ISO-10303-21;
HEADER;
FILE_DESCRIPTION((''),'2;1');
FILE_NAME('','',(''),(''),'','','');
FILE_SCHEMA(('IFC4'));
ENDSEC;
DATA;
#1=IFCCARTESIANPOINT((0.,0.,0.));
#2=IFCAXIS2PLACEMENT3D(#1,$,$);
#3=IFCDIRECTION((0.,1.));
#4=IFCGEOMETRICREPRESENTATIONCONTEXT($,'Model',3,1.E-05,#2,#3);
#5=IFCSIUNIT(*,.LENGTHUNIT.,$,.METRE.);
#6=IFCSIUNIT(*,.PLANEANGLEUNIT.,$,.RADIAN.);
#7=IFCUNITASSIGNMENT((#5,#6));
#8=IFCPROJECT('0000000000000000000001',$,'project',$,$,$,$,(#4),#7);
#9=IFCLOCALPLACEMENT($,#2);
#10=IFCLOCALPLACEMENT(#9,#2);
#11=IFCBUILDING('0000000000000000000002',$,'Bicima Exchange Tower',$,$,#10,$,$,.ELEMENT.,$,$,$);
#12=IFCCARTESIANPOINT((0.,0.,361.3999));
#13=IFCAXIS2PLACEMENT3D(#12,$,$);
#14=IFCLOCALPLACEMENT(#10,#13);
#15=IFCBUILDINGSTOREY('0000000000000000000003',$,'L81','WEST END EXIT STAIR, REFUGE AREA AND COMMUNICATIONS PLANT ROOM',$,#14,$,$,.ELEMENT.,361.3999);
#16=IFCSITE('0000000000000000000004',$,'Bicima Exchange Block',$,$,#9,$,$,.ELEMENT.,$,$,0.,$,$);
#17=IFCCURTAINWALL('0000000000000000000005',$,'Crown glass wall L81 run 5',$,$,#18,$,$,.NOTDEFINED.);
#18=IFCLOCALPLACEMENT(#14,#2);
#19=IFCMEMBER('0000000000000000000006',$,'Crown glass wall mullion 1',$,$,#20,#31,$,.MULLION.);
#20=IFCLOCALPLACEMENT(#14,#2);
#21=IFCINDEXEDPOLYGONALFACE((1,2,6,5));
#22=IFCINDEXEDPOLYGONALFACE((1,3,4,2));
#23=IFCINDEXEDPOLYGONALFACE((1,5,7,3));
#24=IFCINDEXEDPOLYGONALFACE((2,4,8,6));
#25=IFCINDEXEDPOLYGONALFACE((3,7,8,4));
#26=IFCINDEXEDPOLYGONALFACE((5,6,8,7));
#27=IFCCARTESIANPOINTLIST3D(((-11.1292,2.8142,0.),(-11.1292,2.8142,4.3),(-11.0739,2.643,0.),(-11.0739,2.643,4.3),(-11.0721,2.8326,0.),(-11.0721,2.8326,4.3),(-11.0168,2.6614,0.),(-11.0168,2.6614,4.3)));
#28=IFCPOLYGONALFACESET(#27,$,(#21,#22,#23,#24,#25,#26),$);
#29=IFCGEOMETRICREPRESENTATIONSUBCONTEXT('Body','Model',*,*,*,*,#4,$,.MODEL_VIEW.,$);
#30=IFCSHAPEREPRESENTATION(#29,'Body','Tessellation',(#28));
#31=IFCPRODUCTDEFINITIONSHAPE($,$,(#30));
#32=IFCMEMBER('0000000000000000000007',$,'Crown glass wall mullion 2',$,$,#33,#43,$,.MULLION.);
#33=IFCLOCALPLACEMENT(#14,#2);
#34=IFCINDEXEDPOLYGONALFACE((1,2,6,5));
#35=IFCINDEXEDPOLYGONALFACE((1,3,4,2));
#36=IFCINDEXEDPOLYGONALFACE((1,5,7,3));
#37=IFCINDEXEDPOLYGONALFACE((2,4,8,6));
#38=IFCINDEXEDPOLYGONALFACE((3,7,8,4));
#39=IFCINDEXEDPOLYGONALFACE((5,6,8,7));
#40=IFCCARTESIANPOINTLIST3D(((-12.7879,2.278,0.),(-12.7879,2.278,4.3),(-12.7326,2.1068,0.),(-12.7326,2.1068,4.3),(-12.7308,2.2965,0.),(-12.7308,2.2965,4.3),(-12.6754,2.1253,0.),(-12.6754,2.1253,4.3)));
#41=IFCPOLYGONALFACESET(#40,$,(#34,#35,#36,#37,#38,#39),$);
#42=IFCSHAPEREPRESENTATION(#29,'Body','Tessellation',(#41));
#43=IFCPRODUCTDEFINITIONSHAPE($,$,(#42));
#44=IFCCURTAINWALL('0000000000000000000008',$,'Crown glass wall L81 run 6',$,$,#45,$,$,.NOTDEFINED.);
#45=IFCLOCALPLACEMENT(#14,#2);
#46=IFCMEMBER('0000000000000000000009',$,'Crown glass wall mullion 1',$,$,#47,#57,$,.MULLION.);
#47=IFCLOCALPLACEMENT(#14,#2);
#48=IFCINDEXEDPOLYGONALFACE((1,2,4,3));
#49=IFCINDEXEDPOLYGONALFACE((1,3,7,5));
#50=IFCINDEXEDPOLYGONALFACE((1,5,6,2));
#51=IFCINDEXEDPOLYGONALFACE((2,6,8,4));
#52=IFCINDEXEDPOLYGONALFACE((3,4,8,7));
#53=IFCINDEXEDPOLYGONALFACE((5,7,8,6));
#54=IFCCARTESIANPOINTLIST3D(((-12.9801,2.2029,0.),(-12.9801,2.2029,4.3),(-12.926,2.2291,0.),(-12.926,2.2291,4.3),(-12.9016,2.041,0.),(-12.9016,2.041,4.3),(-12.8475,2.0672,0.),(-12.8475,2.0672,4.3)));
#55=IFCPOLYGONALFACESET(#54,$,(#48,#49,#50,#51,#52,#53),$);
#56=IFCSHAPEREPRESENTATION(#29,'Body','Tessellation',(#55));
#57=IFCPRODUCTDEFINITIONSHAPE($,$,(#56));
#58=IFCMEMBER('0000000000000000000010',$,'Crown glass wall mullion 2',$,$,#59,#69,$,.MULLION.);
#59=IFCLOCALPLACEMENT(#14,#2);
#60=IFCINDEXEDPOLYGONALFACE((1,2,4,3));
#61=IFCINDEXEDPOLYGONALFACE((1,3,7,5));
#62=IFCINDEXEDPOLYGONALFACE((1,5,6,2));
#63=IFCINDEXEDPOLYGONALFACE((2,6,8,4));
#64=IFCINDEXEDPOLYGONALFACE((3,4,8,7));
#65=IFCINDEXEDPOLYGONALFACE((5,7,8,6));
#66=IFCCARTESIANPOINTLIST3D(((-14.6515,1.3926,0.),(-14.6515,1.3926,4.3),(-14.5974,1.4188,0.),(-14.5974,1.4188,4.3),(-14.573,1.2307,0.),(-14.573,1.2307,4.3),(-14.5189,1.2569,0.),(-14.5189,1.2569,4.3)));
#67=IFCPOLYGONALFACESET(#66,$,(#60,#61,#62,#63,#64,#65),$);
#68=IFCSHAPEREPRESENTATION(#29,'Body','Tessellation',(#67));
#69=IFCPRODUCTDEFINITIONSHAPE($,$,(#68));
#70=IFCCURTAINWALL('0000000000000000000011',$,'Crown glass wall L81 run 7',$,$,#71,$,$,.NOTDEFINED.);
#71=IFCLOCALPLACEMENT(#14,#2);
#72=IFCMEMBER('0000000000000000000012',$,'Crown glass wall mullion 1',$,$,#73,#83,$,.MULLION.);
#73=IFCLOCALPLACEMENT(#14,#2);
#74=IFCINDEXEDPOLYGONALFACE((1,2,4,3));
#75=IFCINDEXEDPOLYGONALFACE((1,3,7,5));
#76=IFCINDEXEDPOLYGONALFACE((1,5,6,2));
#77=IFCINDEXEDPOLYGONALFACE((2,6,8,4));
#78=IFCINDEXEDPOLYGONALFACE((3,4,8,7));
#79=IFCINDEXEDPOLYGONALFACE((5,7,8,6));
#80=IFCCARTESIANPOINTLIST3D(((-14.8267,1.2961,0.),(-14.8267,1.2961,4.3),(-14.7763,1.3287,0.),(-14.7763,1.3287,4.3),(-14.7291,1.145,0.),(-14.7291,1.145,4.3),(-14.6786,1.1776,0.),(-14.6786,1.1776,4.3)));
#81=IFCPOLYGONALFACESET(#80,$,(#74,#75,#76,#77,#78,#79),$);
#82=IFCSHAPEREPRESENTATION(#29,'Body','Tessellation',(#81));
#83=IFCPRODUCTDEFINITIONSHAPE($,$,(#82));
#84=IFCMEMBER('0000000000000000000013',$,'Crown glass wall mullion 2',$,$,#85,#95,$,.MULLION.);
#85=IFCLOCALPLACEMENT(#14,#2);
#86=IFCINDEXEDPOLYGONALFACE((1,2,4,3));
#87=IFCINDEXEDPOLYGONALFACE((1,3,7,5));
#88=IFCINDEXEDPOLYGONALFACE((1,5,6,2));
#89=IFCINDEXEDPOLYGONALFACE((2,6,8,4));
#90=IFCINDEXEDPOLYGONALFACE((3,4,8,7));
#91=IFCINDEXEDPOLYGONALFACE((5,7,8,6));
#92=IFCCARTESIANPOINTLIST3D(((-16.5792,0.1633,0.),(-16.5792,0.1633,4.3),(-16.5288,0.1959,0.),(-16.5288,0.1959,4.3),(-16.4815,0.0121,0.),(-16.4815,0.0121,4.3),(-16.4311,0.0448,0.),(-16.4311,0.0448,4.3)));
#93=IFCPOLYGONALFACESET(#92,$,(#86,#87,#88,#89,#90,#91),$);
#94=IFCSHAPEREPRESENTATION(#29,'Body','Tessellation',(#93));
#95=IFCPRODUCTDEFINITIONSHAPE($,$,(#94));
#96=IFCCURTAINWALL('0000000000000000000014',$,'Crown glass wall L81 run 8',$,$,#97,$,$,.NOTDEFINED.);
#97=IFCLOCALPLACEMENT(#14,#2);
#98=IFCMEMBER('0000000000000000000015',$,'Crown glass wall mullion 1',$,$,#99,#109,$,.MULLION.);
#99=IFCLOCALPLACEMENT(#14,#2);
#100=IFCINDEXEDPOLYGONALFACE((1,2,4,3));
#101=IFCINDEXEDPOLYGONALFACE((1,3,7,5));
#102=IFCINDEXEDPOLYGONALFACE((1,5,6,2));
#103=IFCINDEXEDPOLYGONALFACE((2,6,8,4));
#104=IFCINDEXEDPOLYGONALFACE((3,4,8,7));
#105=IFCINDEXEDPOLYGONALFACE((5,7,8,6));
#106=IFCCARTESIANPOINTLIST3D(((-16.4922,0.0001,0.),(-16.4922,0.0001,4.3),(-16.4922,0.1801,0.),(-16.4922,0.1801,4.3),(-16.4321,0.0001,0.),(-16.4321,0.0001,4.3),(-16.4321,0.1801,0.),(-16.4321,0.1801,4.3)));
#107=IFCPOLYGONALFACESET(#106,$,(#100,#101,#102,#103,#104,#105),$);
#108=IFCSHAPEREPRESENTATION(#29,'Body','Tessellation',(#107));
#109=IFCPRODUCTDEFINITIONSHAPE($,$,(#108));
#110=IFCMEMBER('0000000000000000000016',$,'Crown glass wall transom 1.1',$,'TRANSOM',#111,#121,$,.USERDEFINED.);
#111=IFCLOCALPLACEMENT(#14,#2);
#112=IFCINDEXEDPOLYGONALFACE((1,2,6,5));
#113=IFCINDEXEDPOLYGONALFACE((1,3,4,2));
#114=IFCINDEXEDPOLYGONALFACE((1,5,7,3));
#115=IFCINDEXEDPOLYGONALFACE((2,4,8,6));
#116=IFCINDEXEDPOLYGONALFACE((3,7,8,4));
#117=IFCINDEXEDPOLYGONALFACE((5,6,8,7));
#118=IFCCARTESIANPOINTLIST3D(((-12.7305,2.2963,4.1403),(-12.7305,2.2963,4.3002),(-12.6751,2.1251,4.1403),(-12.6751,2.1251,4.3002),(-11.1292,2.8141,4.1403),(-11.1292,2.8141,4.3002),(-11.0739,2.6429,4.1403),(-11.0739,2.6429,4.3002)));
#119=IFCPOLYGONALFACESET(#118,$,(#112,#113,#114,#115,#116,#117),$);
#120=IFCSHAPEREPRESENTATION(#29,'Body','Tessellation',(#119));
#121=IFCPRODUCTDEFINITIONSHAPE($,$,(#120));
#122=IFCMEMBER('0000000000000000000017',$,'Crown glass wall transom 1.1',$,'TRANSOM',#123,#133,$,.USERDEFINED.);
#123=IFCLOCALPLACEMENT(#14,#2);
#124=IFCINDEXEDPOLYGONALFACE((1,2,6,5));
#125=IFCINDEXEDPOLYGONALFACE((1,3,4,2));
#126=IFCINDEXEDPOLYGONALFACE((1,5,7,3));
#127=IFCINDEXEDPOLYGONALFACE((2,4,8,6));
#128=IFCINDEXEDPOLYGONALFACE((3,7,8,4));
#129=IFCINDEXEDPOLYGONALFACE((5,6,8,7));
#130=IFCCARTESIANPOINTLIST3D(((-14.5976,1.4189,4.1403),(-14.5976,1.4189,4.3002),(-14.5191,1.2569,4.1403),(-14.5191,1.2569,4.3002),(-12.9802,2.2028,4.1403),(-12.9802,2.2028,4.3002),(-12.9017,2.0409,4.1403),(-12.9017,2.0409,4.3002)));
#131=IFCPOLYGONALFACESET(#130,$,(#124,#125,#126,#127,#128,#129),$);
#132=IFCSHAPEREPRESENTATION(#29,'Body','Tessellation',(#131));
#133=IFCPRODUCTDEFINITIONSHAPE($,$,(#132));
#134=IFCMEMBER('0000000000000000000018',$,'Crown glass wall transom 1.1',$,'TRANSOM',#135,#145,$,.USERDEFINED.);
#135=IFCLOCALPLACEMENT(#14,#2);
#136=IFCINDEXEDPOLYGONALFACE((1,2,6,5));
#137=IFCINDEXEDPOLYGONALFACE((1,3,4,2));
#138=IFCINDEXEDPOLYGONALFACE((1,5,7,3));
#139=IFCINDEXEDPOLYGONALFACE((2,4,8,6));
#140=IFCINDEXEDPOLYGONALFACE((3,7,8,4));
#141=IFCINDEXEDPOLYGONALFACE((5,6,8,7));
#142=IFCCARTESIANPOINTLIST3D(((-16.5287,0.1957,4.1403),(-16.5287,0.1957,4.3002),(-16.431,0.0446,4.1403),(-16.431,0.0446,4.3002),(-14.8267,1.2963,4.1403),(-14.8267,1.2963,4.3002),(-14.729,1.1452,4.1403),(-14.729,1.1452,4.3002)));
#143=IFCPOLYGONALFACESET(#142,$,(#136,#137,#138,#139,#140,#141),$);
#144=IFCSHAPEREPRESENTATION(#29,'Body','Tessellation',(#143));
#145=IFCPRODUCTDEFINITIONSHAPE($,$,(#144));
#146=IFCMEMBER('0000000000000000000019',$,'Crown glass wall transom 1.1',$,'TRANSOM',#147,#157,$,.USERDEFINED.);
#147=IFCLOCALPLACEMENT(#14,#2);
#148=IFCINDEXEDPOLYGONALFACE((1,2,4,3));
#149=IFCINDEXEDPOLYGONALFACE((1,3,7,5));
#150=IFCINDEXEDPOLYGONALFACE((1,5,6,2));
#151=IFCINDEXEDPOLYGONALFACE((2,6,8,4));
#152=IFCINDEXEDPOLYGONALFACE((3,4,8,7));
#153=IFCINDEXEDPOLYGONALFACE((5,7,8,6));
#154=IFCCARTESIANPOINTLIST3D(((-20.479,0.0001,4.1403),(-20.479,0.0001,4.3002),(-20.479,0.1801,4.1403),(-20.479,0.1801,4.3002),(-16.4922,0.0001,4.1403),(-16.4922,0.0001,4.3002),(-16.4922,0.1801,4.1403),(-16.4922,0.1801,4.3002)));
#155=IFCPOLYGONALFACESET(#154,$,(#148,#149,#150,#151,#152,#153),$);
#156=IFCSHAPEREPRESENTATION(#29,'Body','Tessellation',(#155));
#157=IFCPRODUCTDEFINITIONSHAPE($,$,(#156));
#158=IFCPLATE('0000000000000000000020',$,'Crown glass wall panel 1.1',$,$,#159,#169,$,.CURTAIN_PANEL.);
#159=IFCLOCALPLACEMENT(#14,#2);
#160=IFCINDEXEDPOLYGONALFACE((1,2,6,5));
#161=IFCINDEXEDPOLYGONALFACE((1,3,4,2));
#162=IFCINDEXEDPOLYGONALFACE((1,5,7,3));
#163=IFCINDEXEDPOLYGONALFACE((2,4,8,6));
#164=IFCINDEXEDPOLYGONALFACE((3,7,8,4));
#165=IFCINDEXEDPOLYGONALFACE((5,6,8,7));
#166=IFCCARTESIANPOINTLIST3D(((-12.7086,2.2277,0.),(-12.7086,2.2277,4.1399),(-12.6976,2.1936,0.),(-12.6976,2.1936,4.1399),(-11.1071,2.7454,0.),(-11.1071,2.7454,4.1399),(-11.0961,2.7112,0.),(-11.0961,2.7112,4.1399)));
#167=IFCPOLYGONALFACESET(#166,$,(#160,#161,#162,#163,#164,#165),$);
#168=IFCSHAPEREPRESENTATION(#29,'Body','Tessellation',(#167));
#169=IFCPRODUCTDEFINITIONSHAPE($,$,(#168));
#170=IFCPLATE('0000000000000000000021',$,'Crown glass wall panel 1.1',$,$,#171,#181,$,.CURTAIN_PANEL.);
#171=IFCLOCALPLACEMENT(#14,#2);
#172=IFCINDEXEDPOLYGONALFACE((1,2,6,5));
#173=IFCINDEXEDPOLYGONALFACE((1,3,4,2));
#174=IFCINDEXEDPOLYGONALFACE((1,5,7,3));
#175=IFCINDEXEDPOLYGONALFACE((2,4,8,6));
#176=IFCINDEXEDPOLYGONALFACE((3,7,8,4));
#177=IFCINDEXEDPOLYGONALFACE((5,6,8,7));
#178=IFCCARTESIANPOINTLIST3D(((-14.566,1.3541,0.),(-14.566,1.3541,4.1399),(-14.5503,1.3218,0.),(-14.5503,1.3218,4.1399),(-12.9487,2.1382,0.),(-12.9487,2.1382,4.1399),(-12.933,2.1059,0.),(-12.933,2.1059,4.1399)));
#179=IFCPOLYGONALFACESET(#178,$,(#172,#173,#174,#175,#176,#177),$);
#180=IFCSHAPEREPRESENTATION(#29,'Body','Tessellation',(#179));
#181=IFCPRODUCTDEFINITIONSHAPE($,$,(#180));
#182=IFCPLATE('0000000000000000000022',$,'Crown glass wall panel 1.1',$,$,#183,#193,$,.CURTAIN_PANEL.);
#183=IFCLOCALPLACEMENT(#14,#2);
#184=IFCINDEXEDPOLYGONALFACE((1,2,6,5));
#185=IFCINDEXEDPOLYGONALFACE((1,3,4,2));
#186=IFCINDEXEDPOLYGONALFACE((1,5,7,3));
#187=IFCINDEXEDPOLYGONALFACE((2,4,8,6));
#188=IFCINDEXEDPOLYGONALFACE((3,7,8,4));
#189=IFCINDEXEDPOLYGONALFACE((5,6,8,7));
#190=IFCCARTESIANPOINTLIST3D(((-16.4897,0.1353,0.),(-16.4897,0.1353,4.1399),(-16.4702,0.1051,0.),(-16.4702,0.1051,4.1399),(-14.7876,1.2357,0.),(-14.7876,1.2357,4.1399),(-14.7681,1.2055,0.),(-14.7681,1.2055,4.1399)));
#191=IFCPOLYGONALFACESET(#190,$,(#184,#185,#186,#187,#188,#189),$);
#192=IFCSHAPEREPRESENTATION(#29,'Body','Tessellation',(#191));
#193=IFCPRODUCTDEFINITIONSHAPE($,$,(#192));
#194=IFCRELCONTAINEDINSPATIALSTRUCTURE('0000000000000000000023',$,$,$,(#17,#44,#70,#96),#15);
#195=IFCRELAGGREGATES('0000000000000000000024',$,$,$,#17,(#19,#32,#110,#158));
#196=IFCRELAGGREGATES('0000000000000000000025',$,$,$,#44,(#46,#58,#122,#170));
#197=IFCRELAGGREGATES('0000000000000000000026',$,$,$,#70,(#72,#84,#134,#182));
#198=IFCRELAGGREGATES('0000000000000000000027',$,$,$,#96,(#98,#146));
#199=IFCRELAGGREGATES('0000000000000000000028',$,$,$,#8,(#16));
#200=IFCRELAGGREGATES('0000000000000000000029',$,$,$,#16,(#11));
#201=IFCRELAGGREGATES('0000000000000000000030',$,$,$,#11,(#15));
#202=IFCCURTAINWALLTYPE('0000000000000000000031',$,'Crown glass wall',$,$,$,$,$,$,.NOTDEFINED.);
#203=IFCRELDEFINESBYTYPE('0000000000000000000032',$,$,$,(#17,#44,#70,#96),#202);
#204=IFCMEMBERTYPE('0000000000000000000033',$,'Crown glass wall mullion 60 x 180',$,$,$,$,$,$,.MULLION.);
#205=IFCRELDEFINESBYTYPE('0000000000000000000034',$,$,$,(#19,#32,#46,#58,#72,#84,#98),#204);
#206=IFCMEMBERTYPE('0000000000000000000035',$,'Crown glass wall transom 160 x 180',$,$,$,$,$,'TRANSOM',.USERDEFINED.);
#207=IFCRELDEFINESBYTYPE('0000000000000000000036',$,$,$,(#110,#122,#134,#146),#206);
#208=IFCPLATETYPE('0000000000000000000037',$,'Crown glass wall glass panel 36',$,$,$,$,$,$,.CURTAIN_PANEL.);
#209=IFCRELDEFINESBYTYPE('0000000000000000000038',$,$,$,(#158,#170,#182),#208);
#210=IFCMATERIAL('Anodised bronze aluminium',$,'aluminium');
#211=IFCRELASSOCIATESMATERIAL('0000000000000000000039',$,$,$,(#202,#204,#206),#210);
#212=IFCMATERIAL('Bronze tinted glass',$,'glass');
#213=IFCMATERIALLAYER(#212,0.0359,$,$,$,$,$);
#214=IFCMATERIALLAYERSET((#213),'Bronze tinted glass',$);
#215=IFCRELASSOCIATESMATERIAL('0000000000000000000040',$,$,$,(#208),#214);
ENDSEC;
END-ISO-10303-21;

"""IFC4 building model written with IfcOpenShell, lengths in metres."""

from ifc_helpers import new_model, si_unit, direction, frame, origin, origin_2d, place, context, subcontext, project, spatial, rectangle, extrude, material, layer, layer_set, material_profile, profile_set, type_object, element, aggregate, save


model = new_model("IFC4")

# Units and contexts
model_context = context("Model", 3, precision=1e-05, world=origin(), true_north=direction((0.0, 1.0)))
body_context = subcontext(model_context, "Body", "Model", "MODEL_VIEW")
ifc_project = project(units=[si_unit("LENGTHUNIT", "METRE"), si_unit("PLANEANGLEUNIT", "RADIAN")], contexts=[model_context])

# Site, building, storey
site_placement = place(None, origin())
site = spatial("IfcSite", under=ifc_project, at=site_placement, Name="Bicima Exchange Block", CompositionType="ELEMENT", RefElevation=0.0)
building_placement = place(site_placement, origin())
building = spatial("IfcBuilding", under=site, at=building_placement, Name="Bicima Exchange Tower", CompositionType="ELEMENT")
storey_placement = place(building_placement, frame((0.0, 0.0, 361.3999)))
storey = spatial("IfcBuildingStorey", under=building, at=storey_placement, Name="L81", Description="WEST END EXIT STAIR, REFUGE AREA AND COMMUNICATIONS PLANT ROOM", CompositionType="ELEMENT", Elevation=361.3999)

# Curtain walls, members
ifc_material_1 = material(Name="Anodised bronze aluminium", Category="aluminium")
curtain_wall_type = type_object("IfcCurtainWallType", Name="Crown glass wall", PredefinedType="NOTDEFINED", material=ifc_material_1)
curtain_wall_1_placement = place(storey_placement, origin())
curtain_wall_1 = element("IfcCurtainWall", 1, at=curtain_wall_1_placement, inside=storey, type_object=curtain_wall_type, Name="Crown glass wall L81 run 5", PredefinedType="NOTDEFINED")
ifc_material_profile_1 = material_profile(ifc_material_1, rectangle(XDim=0.1799, YDim=0.0601, at=origin_2d()))
ifc_profile_set_1 = profile_set([ifc_material_profile_1], Name="Anodised bronze aluminium")
member_type_1 = type_object("IfcMemberType", Name="Crown glass wall mullion 60 x 180", PredefinedType="MULLION", material=ifc_profile_set_1)
member_1_placement = place(storey_placement, frame((-11.073, 2.7378, 0.0), z_axis=(0.0, 0.0, 1.0), x_axis=(0.307573, -0.951525, 0.0)))
member_1 = element("IfcMember", 2, at=member_1_placement, type_object=member_type_1, Name="Crown glass wall mullion 1", PredefinedType="MULLION", context=body_context, shape_type="SweptSolid", body=[
    extrude(rectangle(XDim=0.1799, YDim=0.0601, at=origin_2d()), origin(), (0.0, 0.0, 1.0), 4.3),
])
member_2_placement = place(storey_placement, frame((-12.7317, 2.2017, 0.0), z_axis=(0.0, 0.0, 1.0), x_axis=(0.307573, -0.951525, 0.0)))
member_2 = element("IfcMember", 3, at=member_2_placement, type_object=member_type_1, Name="Crown glass wall mullion 2", PredefinedType="MULLION", context=body_context, shape_type="SweptSolid", body=[
    extrude(rectangle(XDim=0.1799, YDim=0.0601, at=origin_2d()), origin(), (0.0, 0.0, 1.0), 4.3),
])
curtain_wall_2_placement = place(storey_placement, origin())
curtain_wall_2 = element("IfcCurtainWall", 4, at=curtain_wall_2_placement, inside=storey, type_object=curtain_wall_type, Name="Crown glass wall L81 run 6", PredefinedType="NOTDEFINED")
member_3_placement = place(storey_placement, frame((-12.9138, 2.135, 0.0), z_axis=(0.0, 0.0, 1.0), x_axis=(0.436265, -0.899818, 0.0)))
member_3 = element("IfcMember", 5, at=member_3_placement, type_object=member_type_1, Name="Crown glass wall mullion 1", PredefinedType="MULLION", context=body_context, shape_type="SweptSolid", body=[
    extrude(rectangle(XDim=0.1799, YDim=0.0601, at=origin_2d()), origin(), (0.0, 0.0, 1.0), 4.3),
])
member_4_placement = place(storey_placement, frame((-14.5852, 1.3247, 0.0), z_axis=(0.0, 0.0, 1.0), x_axis=(0.436265, -0.899818, 0.0)))
member_4 = element("IfcMember", 6, at=member_4_placement, type_object=member_type_1, Name="Crown glass wall mullion 2", PredefinedType="MULLION", context=body_context, shape_type="SweptSolid", body=[
    extrude(rectangle(XDim=0.1799, YDim=0.0601, at=origin_2d()), origin(), (0.0, 0.0, 1.0), 4.3),
])
curtain_wall_3_placement = place(storey_placement, origin())
curtain_wall_3 = element("IfcCurtainWall", 7, at=curtain_wall_3_placement, inside=storey, type_object=curtain_wall_type, Name="Crown glass wall L81 run 7", PredefinedType="NOTDEFINED")
member_5_placement = place(storey_placement, frame((-14.7527, 1.2368, 0.0), z_axis=(0.0, 0.0, 1.0), x_axis=(0.542911, -0.83979, 0.0)))
member_5 = element("IfcMember", 8, at=member_5_placement, type_object=member_type_1, Name="Crown glass wall mullion 1", PredefinedType="MULLION", context=body_context, shape_type="SweptSolid", body=[
    extrude(rectangle(XDim=0.1799, YDim=0.0601, at=origin_2d()), origin(), (0.0, 0.0, 1.0), 4.3),
])
member_6_placement = place(storey_placement, frame((-16.5051, 0.104, 0.0), z_axis=(0.0, 0.0, 1.0), x_axis=(0.542911, -0.83979, 0.0)))
member_6 = element("IfcMember", 9, at=member_6_placement, type_object=member_type_1, Name="Crown glass wall mullion 2", PredefinedType="MULLION", context=body_context, shape_type="SweptSolid", body=[
    extrude(rectangle(XDim=0.1799, YDim=0.0601, at=origin_2d()), origin(), (0.0, 0.0, 1.0), 4.3),
])

# Curtain wall, member
curtain_wall_4_placement = place(storey_placement, origin())
curtain_wall_4 = element("IfcCurtainWall", 10, at=curtain_wall_4_placement, inside=storey, type_object=curtain_wall_type, Name="Crown glass wall L81 run 8", PredefinedType="NOTDEFINED")
member_7_placement = place(storey_placement, frame((-16.4622, 0.0901, 0.0), z_axis=(0.0, 0.0, 1.0), x_axis=(0.0, -1.0, 0.0)))
member_7 = element("IfcMember", 11, at=member_7_placement, type_object=member_type_1, Name="Crown glass wall mullion 1", PredefinedType="MULLION", context=body_context, shape_type="SweptSolid", body=[
    extrude(rectangle(XDim=0.1799, YDim=0.0601, at=origin_2d()), origin(), (0.0, 0.0, 1.0), 4.3),
])

# Members
ifc_material_profile_2 = material_profile(ifc_material_1, rectangle(XDim=0.1799, YDim=0.1599, at=origin_2d()))
ifc_profile_set_2 = profile_set([ifc_material_profile_2], Name="Anodised bronze aluminium")
member_type_2 = type_object("IfcMemberType", Name="Crown glass wall transom 160 x 180", ElementType="TRANSOM", PredefinedType="USERDEFINED", material=ifc_profile_set_2)
member_8_placement = place(storey_placement, frame((-11.1016, 2.7285, 4.2202), z_axis=(-0.951488, -0.307685, 0.0), x_axis=(0.307685, -0.951488, 0.0)))
member_8 = element("IfcMember", 12, at=member_8_placement, type_object=member_type_2, Name="Crown glass wall transom 1.1", ObjectType="TRANSOM", PredefinedType="USERDEFINED", context=body_context, shape_type="SweptSolid", body=[
    extrude(rectangle(XDim=0.1799, YDim=0.1599, at=origin_2d()), origin(), (0.0, 0.0, 1.0), 1.6829),
])
member_9_placement = place(storey_placement, frame((-12.9409, 2.1218, 4.2202), z_axis=(-0.899874, -0.43615, 0.0), x_axis=(0.43615, -0.899874, 0.0)))
member_9 = element("IfcMember", 13, at=member_9_placement, type_object=member_type_2, Name="Crown glass wall transom 1.1", ObjectType="TRANSOM", PredefinedType="USERDEFINED", context=body_context, shape_type="SweptSolid", body=[
    extrude(rectangle(XDim=0.1799, YDim=0.1599, at=origin_2d()), origin(), (0.0, 0.0, 1.0), 1.7974),
])
member_10_placement = place(storey_placement, frame((-14.7778, 1.2207, 4.2202), z_axis=(-0.839751, -0.542972, 0.0), x_axis=(0.542972, -0.839751, 0.0)))
member_10 = element("IfcMember", 14, at=member_10_placement, type_object=member_type_2, Name="Crown glass wall transom 1.1", ObjectType="TRANSOM", PredefinedType="USERDEFINED", context=body_context, shape_type="SweptSolid", body=[
    extrude(rectangle(XDim=0.1799, YDim=0.1599, at=origin_2d()), origin(), (0.0, 0.0, 1.0), 2.0269),
])
member_11_placement = place(storey_placement, frame((-16.4922, 0.0901, 4.2202), z_axis=(-1.0, 0.0, 0.0), x_axis=(0.0, -1.0, 0.0)))
member_11 = element("IfcMember", 15, at=member_11_placement, type_object=member_type_2, Name="Crown glass wall transom 1.1", ObjectType="TRANSOM", PredefinedType="USERDEFINED", context=body_context, shape_type="SweptSolid", body=[
    extrude(rectangle(XDim=0.1799, YDim=0.1599, at=origin_2d()), origin(), (0.0, 0.0, 1.0), 3.9868),
])

# Plates
ifc_material_2 = material(Name="Bronze tinted glass", Category="glass")
ifc_layer_1 = layer(ifc_material_2, 0.0359)
ifc_layer_set_1 = layer_set([ifc_layer_1], Name="Bronze tinted glass")
plate_type = type_object("IfcPlateType", Name="Crown glass wall glass panel 36", PredefinedType="CURTAIN_PANEL", material=ifc_layer_set_1)
plate_1_placement = place(storey_placement, frame((-11.9023, 2.4695, 0.0), z_axis=(0.0, 0.0, 1.0), x_axis=(-0.951525, -0.307573, 0.0)))
plate_1 = element("IfcPlate", 16, at=plate_1_placement, type_object=plate_type, Name="Crown glass wall panel 1.1", PredefinedType="CURTAIN_PANEL", context=body_context, shape_type="SweptSolid", body=[
    extrude(rectangle(XDim=1.6831, YDim=0.0359, at=origin_2d()), origin(), (0.0, 0.0, 1.0), 4.1399),
])
aggregate(curtain_wall_1, [member_1, member_2, member_8, plate_1])
plate_2_placement = place(storey_placement, frame((-13.7495, 1.73, 0.0), z_axis=(0.0, 0.0, 1.0), x_axis=(-0.899818, -0.436265, 0.0)))
plate_2 = element("IfcPlate", 17, at=plate_2_placement, type_object=plate_type, Name="Crown glass wall panel 1.1", PredefinedType="CURTAIN_PANEL", context=body_context, shape_type="SweptSolid", body=[
    extrude(rectangle(XDim=1.7974, YDim=0.0359, at=origin_2d()), origin(), (0.0, 0.0, 1.0), 4.1399),
])
aggregate(curtain_wall_2, [member_3, member_4, member_9, plate_2])
plate_3_placement = place(storey_placement, frame((-15.6289, 0.6704, 0.0), z_axis=(0.0, 0.0, 1.0), x_axis=(-0.83979, -0.542911, 0.0)))
plate_3 = element("IfcPlate", 18, at=plate_3_placement, type_object=plate_type, Name="Crown glass wall panel 1.1", PredefinedType="CURTAIN_PANEL", context=body_context, shape_type="SweptSolid", body=[
    extrude(rectangle(XDim=2.0269, YDim=0.0359, at=origin_2d()), origin(), (0.0, 0.0, 1.0), 4.1399),
])
aggregate(curtain_wall_3, [member_5, member_6, member_10, plate_3])
aggregate(curtain_wall_4, [member_7, member_11])

save(model, "model.ifc")
